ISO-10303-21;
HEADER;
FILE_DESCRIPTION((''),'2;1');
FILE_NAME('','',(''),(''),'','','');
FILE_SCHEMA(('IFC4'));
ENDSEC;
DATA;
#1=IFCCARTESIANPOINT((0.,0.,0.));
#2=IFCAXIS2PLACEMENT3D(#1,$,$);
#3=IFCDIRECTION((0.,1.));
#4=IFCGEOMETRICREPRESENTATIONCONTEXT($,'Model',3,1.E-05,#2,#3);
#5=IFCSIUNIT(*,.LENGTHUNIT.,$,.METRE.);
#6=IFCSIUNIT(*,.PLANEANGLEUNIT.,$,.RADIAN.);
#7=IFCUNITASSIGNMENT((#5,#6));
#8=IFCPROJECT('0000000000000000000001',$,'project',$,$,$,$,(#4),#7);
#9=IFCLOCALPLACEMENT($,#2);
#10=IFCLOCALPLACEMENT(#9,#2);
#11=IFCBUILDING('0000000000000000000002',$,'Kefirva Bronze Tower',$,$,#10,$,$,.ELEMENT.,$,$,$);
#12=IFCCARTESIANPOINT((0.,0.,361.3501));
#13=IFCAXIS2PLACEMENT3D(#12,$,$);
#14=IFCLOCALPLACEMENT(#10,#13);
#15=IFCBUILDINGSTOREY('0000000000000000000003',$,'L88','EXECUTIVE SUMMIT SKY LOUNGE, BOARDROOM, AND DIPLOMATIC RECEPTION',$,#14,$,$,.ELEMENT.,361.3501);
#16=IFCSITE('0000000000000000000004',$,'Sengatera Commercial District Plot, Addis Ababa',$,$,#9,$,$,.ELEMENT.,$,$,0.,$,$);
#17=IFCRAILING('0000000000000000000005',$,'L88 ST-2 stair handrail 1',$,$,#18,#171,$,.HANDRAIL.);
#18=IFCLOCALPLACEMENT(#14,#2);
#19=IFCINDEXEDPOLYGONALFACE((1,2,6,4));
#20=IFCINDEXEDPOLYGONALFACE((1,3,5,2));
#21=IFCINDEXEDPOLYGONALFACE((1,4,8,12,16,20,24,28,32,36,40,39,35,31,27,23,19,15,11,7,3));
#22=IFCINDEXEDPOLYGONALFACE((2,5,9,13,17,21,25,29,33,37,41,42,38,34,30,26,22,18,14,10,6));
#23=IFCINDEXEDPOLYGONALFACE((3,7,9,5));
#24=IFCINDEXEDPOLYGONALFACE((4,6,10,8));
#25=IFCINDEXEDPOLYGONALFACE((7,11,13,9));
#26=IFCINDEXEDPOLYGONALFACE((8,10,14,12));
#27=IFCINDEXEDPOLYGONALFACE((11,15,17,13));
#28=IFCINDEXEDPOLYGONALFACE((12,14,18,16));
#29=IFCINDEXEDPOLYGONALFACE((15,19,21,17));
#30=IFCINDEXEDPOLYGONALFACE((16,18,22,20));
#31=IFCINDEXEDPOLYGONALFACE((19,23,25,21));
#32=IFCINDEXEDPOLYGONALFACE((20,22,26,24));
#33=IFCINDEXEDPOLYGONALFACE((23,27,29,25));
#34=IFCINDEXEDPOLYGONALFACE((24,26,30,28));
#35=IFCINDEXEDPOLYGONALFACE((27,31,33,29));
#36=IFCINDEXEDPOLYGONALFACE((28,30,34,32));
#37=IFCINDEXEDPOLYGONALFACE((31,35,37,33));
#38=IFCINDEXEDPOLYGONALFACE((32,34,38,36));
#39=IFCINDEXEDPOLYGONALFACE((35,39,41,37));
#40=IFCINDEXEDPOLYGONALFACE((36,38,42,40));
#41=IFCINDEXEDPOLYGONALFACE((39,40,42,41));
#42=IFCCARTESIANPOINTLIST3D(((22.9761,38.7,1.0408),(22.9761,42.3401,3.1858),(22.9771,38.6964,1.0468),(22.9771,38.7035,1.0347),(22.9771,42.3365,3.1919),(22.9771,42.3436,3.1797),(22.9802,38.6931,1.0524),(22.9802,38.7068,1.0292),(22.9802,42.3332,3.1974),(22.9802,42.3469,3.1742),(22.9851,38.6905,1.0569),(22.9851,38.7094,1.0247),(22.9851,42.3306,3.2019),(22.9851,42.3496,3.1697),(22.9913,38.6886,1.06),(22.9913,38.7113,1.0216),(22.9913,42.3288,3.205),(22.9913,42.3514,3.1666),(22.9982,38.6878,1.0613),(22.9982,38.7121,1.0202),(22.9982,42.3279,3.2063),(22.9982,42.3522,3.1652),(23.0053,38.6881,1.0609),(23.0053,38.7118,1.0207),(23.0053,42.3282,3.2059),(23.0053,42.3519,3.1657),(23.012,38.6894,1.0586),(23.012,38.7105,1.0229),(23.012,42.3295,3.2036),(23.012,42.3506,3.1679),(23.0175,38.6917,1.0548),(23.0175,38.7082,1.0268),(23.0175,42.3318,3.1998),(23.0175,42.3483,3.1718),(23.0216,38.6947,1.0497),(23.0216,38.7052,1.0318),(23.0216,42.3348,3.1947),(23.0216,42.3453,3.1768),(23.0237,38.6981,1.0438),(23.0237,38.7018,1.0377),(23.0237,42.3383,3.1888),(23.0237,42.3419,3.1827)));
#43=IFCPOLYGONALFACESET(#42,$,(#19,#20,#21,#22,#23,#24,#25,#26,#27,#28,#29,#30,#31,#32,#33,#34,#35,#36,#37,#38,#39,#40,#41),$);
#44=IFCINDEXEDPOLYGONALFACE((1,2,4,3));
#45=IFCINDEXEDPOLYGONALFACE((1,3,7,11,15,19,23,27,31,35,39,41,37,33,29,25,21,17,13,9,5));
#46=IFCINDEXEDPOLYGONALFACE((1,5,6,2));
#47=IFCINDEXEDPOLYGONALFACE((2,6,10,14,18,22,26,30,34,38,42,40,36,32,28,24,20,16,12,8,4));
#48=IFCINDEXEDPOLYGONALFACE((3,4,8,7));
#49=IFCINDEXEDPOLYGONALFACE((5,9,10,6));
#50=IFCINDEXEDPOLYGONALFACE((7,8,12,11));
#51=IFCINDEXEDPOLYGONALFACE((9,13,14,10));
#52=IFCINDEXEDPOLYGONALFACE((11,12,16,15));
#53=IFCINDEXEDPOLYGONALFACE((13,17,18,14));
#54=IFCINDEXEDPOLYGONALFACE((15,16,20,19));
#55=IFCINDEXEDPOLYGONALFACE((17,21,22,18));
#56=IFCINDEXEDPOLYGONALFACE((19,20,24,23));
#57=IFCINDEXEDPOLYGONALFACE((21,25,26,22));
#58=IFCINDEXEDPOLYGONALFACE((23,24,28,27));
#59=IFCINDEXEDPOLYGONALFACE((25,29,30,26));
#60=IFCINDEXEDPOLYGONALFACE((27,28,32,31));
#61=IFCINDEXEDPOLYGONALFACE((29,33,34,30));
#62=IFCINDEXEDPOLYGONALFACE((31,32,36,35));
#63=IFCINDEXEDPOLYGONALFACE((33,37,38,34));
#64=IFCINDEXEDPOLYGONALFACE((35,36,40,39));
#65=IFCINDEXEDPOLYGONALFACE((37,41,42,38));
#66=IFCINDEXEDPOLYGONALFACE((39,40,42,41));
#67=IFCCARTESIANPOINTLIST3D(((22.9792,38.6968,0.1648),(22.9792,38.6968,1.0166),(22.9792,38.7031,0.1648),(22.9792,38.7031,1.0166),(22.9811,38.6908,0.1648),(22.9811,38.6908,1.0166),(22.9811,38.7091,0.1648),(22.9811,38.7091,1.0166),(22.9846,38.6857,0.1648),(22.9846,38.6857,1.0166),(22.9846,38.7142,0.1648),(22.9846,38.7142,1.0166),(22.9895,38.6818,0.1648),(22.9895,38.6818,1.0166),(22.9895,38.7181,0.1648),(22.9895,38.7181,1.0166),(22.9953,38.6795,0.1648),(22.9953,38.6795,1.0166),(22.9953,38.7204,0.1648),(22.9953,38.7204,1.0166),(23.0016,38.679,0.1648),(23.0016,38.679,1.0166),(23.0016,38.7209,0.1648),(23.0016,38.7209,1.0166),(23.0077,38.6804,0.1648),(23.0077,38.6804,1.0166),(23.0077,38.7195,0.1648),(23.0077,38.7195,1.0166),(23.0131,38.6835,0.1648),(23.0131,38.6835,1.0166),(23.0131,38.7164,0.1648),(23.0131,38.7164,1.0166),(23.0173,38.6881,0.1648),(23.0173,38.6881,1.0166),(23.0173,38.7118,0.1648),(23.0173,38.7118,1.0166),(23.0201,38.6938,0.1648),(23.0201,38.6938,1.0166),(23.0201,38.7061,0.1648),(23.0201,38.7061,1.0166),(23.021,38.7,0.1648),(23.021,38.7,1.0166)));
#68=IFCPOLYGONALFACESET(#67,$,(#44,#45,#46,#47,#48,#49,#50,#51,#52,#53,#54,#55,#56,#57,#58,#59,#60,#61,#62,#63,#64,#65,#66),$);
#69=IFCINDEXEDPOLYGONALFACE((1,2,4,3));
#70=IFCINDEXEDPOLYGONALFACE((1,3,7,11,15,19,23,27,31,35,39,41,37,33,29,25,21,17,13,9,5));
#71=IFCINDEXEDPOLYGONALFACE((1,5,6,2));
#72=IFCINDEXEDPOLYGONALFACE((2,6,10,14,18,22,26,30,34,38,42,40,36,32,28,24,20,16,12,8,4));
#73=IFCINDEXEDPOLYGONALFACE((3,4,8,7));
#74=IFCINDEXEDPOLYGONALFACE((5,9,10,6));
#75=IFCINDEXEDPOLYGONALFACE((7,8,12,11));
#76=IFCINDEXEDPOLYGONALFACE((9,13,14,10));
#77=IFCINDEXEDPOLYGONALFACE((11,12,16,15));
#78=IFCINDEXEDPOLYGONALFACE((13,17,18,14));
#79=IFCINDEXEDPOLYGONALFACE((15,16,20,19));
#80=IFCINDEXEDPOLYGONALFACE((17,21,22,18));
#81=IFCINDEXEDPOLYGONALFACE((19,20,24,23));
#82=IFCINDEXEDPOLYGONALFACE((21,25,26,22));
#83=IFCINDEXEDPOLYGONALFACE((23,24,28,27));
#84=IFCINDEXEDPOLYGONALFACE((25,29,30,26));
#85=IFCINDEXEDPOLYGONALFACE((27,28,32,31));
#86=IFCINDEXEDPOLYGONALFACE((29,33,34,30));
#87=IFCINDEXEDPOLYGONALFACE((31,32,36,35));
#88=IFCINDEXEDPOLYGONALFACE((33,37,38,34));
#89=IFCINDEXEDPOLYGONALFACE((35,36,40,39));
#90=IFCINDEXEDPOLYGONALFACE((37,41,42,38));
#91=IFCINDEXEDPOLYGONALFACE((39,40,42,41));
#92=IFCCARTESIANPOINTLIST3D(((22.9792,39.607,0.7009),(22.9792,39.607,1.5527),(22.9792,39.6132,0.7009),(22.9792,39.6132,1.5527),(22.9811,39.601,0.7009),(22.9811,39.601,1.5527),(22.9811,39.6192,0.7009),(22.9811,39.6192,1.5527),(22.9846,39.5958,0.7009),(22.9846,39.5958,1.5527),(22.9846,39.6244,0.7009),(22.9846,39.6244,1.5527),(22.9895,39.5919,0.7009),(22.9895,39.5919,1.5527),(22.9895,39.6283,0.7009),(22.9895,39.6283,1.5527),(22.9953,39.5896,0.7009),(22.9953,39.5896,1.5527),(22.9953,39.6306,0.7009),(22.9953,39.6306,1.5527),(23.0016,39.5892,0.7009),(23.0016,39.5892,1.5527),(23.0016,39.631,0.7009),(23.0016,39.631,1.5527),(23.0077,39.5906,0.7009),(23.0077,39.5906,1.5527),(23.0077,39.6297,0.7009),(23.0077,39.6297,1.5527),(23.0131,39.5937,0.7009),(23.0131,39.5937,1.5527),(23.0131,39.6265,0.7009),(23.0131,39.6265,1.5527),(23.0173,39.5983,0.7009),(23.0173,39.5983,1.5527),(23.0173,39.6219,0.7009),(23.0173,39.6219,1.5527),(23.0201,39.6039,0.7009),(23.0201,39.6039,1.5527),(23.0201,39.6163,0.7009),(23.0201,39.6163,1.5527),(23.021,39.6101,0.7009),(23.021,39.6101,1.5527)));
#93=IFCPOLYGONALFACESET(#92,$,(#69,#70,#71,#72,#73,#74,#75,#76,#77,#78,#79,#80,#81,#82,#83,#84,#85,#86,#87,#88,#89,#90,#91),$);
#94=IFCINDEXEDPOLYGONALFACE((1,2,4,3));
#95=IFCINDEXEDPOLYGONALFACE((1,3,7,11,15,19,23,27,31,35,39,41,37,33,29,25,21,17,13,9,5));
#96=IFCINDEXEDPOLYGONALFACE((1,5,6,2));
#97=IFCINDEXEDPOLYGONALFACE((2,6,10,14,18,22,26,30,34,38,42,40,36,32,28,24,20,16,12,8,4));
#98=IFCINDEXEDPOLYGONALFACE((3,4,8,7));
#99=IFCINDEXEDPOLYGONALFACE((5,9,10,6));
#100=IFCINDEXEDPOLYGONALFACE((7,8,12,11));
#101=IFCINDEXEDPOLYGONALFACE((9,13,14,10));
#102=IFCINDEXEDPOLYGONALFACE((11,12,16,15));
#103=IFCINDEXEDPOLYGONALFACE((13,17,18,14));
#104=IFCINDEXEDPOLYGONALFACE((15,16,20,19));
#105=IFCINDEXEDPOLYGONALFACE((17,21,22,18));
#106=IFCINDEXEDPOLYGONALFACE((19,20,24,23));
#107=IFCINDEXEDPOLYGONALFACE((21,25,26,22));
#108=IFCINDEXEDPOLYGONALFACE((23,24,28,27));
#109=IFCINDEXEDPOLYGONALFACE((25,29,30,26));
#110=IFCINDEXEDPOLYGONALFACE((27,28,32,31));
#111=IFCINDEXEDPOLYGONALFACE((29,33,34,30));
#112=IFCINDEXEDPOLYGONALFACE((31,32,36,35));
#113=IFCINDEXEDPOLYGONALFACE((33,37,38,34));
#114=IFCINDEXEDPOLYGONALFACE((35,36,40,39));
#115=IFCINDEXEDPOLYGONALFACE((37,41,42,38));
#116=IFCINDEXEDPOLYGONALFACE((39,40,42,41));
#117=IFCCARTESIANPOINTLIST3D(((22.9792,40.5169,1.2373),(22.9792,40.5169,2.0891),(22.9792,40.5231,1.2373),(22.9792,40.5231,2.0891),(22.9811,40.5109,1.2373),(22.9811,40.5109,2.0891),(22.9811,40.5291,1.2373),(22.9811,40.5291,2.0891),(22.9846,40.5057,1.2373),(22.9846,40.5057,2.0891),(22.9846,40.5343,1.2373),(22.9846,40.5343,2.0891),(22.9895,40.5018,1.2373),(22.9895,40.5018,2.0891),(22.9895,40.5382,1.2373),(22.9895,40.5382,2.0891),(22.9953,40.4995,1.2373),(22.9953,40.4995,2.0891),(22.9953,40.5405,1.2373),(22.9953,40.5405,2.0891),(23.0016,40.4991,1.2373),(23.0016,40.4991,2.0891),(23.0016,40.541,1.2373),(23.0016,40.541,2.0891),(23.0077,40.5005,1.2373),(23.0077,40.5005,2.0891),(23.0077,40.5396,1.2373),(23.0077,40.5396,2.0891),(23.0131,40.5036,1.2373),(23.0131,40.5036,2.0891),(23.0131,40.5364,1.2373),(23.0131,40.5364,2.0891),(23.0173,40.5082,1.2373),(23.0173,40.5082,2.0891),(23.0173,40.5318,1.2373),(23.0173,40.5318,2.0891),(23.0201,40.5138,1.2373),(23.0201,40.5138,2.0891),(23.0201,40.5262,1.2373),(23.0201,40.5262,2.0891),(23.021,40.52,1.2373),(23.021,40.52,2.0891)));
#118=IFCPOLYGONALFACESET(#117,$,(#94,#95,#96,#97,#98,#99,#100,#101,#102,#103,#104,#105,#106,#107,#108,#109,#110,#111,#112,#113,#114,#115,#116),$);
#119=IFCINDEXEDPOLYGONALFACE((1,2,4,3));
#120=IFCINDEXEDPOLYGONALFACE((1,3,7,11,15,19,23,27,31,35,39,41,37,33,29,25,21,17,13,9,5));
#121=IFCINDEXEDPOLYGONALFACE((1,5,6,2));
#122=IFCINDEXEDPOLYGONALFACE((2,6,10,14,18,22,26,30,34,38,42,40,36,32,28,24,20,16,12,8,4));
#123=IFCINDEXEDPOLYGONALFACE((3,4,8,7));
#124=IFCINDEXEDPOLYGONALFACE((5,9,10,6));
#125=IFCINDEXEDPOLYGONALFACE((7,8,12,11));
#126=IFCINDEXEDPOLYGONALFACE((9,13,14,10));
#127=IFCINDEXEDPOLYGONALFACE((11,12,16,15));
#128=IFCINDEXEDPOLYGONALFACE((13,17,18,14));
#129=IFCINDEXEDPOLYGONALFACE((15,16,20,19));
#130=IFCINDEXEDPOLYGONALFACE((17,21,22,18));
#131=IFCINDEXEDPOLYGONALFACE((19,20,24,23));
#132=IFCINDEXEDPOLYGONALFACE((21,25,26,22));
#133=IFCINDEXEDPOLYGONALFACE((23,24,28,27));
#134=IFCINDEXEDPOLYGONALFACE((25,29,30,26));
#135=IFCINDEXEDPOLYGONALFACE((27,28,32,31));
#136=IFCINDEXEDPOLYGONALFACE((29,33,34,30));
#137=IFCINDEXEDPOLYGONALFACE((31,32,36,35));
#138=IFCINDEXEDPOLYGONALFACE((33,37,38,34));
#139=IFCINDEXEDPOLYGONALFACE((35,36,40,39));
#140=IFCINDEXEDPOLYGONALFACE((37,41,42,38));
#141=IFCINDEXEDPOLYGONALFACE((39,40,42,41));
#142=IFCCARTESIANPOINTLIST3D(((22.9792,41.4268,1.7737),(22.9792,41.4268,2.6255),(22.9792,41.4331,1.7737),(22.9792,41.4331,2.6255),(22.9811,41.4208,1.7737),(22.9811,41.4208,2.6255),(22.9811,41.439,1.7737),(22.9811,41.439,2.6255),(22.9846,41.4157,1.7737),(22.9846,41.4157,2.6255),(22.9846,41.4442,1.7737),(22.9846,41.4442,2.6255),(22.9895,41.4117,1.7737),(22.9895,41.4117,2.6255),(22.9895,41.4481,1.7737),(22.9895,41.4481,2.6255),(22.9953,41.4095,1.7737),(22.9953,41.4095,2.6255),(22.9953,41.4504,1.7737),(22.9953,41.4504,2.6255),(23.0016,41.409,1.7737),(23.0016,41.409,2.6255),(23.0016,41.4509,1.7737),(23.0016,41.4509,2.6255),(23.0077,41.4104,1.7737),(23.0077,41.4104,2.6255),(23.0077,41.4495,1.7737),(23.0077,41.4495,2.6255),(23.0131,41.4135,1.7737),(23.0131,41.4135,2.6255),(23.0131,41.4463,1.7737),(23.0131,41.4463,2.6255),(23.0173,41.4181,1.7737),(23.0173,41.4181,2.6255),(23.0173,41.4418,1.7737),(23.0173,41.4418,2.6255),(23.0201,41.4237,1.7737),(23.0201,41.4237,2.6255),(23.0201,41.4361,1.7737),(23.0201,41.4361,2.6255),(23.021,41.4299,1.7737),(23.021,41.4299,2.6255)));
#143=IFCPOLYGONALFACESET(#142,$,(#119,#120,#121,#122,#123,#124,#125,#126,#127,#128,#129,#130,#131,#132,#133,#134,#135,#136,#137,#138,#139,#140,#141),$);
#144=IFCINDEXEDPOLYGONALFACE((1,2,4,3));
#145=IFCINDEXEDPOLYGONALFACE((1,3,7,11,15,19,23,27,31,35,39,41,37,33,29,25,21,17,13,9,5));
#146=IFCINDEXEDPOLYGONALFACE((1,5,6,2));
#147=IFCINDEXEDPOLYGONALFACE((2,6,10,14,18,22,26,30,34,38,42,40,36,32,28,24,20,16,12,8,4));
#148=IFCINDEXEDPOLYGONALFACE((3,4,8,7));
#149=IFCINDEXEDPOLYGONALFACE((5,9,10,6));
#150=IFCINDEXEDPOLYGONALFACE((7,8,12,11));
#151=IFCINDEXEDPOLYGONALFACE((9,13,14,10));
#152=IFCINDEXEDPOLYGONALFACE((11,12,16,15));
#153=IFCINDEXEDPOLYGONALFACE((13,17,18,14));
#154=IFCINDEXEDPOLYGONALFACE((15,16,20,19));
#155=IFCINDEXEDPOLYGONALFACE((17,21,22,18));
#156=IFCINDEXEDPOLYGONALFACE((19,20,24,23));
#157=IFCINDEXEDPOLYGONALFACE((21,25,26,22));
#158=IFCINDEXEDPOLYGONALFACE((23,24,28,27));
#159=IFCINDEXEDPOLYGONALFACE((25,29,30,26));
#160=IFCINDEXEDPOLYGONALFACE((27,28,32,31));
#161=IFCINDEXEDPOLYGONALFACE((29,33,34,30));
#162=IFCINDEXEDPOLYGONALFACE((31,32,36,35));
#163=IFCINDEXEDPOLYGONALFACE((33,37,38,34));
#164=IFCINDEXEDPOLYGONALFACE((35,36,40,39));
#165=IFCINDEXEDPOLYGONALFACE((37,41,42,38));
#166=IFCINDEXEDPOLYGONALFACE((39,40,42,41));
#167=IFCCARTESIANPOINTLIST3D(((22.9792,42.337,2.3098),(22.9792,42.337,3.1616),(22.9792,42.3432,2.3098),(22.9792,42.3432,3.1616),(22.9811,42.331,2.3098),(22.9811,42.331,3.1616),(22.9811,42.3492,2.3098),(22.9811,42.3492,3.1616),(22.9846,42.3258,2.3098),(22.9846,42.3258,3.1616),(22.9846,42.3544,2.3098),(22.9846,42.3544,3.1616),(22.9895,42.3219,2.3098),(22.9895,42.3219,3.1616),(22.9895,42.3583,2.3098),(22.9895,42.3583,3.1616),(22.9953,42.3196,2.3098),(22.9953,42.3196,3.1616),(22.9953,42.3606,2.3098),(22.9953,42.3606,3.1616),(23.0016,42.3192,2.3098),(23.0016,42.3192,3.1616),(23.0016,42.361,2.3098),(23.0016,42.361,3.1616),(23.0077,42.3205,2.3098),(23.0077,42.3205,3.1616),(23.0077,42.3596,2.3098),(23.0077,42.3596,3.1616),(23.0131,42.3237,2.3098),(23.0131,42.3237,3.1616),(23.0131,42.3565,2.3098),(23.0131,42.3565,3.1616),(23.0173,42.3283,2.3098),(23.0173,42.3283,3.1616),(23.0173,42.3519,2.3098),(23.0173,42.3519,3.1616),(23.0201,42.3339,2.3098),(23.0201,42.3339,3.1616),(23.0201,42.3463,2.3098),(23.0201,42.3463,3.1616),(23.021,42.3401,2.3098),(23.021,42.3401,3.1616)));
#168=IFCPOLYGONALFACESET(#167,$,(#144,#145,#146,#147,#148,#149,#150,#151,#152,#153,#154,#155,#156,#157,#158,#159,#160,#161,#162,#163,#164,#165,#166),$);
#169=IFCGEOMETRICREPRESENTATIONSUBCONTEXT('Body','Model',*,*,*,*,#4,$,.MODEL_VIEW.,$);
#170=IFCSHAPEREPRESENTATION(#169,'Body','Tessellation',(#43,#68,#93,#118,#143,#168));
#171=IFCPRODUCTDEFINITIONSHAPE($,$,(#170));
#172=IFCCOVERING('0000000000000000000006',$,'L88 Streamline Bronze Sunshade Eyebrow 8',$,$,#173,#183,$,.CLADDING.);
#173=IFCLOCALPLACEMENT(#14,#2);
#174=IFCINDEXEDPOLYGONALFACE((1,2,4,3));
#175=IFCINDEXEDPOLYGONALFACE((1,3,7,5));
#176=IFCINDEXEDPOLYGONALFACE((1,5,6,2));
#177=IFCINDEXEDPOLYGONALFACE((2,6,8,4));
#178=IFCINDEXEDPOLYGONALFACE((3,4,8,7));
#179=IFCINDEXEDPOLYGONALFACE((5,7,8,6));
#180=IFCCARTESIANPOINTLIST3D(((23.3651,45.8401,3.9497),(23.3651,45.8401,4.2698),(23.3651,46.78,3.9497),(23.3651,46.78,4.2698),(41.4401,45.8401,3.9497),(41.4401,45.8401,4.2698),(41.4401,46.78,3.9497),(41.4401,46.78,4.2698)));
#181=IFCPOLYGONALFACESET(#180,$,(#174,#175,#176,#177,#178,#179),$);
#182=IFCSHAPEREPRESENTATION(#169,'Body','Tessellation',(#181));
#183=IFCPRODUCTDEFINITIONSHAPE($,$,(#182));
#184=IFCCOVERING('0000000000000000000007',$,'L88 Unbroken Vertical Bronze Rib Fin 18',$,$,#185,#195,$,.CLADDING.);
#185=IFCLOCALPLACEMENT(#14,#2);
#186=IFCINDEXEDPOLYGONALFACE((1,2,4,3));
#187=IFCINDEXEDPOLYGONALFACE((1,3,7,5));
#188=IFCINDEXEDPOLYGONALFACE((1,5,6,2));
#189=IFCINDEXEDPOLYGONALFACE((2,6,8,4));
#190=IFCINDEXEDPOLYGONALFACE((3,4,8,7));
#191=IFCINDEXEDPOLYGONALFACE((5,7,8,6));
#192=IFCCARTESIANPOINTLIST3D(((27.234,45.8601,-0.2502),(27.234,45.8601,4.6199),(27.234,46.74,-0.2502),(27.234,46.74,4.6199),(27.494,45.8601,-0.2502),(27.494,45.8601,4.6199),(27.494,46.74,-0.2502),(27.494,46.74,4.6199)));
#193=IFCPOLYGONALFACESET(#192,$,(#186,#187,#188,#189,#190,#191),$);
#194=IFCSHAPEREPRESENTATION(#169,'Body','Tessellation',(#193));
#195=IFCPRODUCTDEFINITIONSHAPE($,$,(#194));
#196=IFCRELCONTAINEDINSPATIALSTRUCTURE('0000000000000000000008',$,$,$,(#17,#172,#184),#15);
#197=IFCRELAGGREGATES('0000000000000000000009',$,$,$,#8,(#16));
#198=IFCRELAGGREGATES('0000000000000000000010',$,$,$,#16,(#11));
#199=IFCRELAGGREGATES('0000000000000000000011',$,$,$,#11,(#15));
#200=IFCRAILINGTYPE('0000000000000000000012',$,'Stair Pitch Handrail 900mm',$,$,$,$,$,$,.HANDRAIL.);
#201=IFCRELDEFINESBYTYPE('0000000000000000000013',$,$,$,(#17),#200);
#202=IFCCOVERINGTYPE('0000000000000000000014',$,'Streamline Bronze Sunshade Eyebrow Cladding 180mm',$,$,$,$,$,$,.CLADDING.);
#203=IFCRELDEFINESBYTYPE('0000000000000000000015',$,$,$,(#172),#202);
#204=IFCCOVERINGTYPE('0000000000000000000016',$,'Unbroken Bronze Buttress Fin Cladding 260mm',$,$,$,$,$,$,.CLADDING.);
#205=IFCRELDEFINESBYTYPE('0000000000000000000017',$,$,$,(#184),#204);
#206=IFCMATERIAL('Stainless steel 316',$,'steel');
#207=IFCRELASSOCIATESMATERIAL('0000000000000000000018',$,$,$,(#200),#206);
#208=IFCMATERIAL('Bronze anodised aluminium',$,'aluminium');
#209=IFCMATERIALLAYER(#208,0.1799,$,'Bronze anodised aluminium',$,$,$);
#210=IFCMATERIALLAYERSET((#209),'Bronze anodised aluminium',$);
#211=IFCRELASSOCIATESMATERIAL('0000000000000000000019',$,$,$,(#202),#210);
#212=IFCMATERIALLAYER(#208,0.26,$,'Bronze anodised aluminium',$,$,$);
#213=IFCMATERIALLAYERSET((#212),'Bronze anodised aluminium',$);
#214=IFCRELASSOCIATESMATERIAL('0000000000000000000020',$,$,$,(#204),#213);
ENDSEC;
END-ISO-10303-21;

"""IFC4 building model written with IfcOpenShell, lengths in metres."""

from ifc_helpers import new_model, si_unit, direction, frame, origin, origin_2d, place, context, subcontext, project, spatial, rectangle, circle, extrude, material, layer, layer_set, type_object, element, save


model = new_model("IFC4")

# Units and contexts
model_context = context("Model", 3, precision=1e-05, world=origin(), true_north=direction((0.0, 1.0)))
body_context = subcontext(model_context, "Body", "Model", "MODEL_VIEW")
ifc_project = project(units=[si_unit("LENGTHUNIT", "METRE"), si_unit("PLANEANGLEUNIT", "RADIAN")], contexts=[model_context])

# Site, building, storey
site_placement = place(None, origin())
site = spatial("IfcSite", under=ifc_project, at=site_placement, Name="Sengatera Commercial District Plot, Addis Ababa", CompositionType="ELEMENT", RefElevation=0.0)
building_placement = place(site_placement, origin())
building = spatial("IfcBuilding", under=site, at=building_placement, Name="Kefirva Bronze Tower", CompositionType="ELEMENT")
storey_placement = place(building_placement, frame((0.0, 0.0, 361.3501)))
storey = spatial("IfcBuildingStorey", under=building, at=storey_placement, Name="L88", Description="EXECUTIVE SUMMIT SKY LOUNGE, BOARDROOM, AND DIPLOMATIC RECEPTION", CompositionType="ELEMENT", Elevation=361.3501)

# Shared definitions
ifc_material_1 = material(Name="Bronze anodised aluminium", Category="aluminium")

# Railing
ifc_material_2 = material(Name="Stainless steel 316", Category="steel")
railing_type_1 = type_object("IfcRailingType", Name="Stair Pitch Handrail 900mm", PredefinedType="HANDRAIL", material=ifc_material_2)
railing_1_placement = place(storey_placement, frame((23.0, 38.7, 0.1648)))
element("IfcRailing", 1, at=railing_1_placement, inside=storey, type_object=railing_type_1, Name="L88 ST-2 stair handrail 1", PredefinedType="HANDRAIL", context=body_context, shape_type="SweptSolid", body=[
    extrude(circle(Radius=0.0239, at=origin_2d()), frame((0.0, 0.0, 0.876), z_axis=(0.0, 0.861545, 0.507682), x_axis=(-1.0, 0.0, 0.0)), (0.0, 0.0, 1.0), 4.2251),
    extrude(circle(Radius=0.021, at=origin_2d()), origin(), (0.0, 0.0, 1.0), 0.8518),
    extrude(circle(Radius=0.021, at=origin_2d()), frame((0.0, 0.9102, 0.5361)), (0.0, 0.0, 1.0), 0.8518),
    extrude(circle(Radius=0.021, at=origin_2d()), frame((0.0, 1.8201, 1.0725)), (0.0, 0.0, 1.0), 0.8518),
    extrude(circle(Radius=0.021, at=origin_2d()), frame((0.0, 2.73, 1.6089)), (0.0, 0.0, 1.0), 0.8518),
    extrude(circle(Radius=0.021, at=origin_2d()), frame((0.0, 3.6401, 2.145)), (0.0, 0.0, 1.0), 0.8518),
])

# Coverings
ifc_layer_1 = layer(ifc_material_1, 0.1799, Name="Bronze anodised aluminium")
ifc_layer_set_1 = layer_set([ifc_layer_1], Name="Bronze anodised aluminium")
covering_type_1 = type_object("IfcCoveringType", Name="Streamline Bronze Sunshade Eyebrow Cladding 180mm", PredefinedType="CLADDING", material=ifc_layer_set_1)
covering_1_placement = place(storey_placement, frame((32.4026, 46.3101, 3.9497), z_axis=(0.0, 0.0, 1.0), x_axis=(-1.0, 0.0, 0.0)))
element("IfcCovering", 2, at=covering_1_placement, inside=storey, type_object=covering_type_1, Name="L88 Streamline Bronze Sunshade Eyebrow 8", PredefinedType="CLADDING", context=body_context, shape_type="SweptSolid", body=[
    extrude(rectangle(XDim=18.075, YDim=0.9399, at=origin_2d()), origin(), (0.0, 0.0, 1.0), 0.3201),
])
ifc_layer_2 = layer(ifc_material_1, 0.26, Name="Bronze anodised aluminium")
ifc_layer_set_2 = layer_set([ifc_layer_2], Name="Bronze anodised aluminium")
covering_type_2 = type_object("IfcCoveringType", Name="Unbroken Bronze Buttress Fin Cladding 260mm", PredefinedType="CLADDING", material=ifc_layer_set_2)
covering_2_placement = place(storey_placement, frame((27.364, 46.3, -0.2502), z_axis=(0.0, 0.0, 1.0), x_axis=(-1.0, 0.0, 0.0)))
element("IfcCovering", 3, at=covering_2_placement, inside=storey, type_object=covering_type_2, Name="L88 Unbroken Vertical Bronze Rib Fin 18", PredefinedType="CLADDING", context=body_context, shape_type="SweptSolid", body=[
    extrude(rectangle(XDim=0.26, YDim=0.8799, at=origin_2d()), origin(), (0.0, 0.0, 1.0), 4.8701),
])

save(model, "model.ifc")
